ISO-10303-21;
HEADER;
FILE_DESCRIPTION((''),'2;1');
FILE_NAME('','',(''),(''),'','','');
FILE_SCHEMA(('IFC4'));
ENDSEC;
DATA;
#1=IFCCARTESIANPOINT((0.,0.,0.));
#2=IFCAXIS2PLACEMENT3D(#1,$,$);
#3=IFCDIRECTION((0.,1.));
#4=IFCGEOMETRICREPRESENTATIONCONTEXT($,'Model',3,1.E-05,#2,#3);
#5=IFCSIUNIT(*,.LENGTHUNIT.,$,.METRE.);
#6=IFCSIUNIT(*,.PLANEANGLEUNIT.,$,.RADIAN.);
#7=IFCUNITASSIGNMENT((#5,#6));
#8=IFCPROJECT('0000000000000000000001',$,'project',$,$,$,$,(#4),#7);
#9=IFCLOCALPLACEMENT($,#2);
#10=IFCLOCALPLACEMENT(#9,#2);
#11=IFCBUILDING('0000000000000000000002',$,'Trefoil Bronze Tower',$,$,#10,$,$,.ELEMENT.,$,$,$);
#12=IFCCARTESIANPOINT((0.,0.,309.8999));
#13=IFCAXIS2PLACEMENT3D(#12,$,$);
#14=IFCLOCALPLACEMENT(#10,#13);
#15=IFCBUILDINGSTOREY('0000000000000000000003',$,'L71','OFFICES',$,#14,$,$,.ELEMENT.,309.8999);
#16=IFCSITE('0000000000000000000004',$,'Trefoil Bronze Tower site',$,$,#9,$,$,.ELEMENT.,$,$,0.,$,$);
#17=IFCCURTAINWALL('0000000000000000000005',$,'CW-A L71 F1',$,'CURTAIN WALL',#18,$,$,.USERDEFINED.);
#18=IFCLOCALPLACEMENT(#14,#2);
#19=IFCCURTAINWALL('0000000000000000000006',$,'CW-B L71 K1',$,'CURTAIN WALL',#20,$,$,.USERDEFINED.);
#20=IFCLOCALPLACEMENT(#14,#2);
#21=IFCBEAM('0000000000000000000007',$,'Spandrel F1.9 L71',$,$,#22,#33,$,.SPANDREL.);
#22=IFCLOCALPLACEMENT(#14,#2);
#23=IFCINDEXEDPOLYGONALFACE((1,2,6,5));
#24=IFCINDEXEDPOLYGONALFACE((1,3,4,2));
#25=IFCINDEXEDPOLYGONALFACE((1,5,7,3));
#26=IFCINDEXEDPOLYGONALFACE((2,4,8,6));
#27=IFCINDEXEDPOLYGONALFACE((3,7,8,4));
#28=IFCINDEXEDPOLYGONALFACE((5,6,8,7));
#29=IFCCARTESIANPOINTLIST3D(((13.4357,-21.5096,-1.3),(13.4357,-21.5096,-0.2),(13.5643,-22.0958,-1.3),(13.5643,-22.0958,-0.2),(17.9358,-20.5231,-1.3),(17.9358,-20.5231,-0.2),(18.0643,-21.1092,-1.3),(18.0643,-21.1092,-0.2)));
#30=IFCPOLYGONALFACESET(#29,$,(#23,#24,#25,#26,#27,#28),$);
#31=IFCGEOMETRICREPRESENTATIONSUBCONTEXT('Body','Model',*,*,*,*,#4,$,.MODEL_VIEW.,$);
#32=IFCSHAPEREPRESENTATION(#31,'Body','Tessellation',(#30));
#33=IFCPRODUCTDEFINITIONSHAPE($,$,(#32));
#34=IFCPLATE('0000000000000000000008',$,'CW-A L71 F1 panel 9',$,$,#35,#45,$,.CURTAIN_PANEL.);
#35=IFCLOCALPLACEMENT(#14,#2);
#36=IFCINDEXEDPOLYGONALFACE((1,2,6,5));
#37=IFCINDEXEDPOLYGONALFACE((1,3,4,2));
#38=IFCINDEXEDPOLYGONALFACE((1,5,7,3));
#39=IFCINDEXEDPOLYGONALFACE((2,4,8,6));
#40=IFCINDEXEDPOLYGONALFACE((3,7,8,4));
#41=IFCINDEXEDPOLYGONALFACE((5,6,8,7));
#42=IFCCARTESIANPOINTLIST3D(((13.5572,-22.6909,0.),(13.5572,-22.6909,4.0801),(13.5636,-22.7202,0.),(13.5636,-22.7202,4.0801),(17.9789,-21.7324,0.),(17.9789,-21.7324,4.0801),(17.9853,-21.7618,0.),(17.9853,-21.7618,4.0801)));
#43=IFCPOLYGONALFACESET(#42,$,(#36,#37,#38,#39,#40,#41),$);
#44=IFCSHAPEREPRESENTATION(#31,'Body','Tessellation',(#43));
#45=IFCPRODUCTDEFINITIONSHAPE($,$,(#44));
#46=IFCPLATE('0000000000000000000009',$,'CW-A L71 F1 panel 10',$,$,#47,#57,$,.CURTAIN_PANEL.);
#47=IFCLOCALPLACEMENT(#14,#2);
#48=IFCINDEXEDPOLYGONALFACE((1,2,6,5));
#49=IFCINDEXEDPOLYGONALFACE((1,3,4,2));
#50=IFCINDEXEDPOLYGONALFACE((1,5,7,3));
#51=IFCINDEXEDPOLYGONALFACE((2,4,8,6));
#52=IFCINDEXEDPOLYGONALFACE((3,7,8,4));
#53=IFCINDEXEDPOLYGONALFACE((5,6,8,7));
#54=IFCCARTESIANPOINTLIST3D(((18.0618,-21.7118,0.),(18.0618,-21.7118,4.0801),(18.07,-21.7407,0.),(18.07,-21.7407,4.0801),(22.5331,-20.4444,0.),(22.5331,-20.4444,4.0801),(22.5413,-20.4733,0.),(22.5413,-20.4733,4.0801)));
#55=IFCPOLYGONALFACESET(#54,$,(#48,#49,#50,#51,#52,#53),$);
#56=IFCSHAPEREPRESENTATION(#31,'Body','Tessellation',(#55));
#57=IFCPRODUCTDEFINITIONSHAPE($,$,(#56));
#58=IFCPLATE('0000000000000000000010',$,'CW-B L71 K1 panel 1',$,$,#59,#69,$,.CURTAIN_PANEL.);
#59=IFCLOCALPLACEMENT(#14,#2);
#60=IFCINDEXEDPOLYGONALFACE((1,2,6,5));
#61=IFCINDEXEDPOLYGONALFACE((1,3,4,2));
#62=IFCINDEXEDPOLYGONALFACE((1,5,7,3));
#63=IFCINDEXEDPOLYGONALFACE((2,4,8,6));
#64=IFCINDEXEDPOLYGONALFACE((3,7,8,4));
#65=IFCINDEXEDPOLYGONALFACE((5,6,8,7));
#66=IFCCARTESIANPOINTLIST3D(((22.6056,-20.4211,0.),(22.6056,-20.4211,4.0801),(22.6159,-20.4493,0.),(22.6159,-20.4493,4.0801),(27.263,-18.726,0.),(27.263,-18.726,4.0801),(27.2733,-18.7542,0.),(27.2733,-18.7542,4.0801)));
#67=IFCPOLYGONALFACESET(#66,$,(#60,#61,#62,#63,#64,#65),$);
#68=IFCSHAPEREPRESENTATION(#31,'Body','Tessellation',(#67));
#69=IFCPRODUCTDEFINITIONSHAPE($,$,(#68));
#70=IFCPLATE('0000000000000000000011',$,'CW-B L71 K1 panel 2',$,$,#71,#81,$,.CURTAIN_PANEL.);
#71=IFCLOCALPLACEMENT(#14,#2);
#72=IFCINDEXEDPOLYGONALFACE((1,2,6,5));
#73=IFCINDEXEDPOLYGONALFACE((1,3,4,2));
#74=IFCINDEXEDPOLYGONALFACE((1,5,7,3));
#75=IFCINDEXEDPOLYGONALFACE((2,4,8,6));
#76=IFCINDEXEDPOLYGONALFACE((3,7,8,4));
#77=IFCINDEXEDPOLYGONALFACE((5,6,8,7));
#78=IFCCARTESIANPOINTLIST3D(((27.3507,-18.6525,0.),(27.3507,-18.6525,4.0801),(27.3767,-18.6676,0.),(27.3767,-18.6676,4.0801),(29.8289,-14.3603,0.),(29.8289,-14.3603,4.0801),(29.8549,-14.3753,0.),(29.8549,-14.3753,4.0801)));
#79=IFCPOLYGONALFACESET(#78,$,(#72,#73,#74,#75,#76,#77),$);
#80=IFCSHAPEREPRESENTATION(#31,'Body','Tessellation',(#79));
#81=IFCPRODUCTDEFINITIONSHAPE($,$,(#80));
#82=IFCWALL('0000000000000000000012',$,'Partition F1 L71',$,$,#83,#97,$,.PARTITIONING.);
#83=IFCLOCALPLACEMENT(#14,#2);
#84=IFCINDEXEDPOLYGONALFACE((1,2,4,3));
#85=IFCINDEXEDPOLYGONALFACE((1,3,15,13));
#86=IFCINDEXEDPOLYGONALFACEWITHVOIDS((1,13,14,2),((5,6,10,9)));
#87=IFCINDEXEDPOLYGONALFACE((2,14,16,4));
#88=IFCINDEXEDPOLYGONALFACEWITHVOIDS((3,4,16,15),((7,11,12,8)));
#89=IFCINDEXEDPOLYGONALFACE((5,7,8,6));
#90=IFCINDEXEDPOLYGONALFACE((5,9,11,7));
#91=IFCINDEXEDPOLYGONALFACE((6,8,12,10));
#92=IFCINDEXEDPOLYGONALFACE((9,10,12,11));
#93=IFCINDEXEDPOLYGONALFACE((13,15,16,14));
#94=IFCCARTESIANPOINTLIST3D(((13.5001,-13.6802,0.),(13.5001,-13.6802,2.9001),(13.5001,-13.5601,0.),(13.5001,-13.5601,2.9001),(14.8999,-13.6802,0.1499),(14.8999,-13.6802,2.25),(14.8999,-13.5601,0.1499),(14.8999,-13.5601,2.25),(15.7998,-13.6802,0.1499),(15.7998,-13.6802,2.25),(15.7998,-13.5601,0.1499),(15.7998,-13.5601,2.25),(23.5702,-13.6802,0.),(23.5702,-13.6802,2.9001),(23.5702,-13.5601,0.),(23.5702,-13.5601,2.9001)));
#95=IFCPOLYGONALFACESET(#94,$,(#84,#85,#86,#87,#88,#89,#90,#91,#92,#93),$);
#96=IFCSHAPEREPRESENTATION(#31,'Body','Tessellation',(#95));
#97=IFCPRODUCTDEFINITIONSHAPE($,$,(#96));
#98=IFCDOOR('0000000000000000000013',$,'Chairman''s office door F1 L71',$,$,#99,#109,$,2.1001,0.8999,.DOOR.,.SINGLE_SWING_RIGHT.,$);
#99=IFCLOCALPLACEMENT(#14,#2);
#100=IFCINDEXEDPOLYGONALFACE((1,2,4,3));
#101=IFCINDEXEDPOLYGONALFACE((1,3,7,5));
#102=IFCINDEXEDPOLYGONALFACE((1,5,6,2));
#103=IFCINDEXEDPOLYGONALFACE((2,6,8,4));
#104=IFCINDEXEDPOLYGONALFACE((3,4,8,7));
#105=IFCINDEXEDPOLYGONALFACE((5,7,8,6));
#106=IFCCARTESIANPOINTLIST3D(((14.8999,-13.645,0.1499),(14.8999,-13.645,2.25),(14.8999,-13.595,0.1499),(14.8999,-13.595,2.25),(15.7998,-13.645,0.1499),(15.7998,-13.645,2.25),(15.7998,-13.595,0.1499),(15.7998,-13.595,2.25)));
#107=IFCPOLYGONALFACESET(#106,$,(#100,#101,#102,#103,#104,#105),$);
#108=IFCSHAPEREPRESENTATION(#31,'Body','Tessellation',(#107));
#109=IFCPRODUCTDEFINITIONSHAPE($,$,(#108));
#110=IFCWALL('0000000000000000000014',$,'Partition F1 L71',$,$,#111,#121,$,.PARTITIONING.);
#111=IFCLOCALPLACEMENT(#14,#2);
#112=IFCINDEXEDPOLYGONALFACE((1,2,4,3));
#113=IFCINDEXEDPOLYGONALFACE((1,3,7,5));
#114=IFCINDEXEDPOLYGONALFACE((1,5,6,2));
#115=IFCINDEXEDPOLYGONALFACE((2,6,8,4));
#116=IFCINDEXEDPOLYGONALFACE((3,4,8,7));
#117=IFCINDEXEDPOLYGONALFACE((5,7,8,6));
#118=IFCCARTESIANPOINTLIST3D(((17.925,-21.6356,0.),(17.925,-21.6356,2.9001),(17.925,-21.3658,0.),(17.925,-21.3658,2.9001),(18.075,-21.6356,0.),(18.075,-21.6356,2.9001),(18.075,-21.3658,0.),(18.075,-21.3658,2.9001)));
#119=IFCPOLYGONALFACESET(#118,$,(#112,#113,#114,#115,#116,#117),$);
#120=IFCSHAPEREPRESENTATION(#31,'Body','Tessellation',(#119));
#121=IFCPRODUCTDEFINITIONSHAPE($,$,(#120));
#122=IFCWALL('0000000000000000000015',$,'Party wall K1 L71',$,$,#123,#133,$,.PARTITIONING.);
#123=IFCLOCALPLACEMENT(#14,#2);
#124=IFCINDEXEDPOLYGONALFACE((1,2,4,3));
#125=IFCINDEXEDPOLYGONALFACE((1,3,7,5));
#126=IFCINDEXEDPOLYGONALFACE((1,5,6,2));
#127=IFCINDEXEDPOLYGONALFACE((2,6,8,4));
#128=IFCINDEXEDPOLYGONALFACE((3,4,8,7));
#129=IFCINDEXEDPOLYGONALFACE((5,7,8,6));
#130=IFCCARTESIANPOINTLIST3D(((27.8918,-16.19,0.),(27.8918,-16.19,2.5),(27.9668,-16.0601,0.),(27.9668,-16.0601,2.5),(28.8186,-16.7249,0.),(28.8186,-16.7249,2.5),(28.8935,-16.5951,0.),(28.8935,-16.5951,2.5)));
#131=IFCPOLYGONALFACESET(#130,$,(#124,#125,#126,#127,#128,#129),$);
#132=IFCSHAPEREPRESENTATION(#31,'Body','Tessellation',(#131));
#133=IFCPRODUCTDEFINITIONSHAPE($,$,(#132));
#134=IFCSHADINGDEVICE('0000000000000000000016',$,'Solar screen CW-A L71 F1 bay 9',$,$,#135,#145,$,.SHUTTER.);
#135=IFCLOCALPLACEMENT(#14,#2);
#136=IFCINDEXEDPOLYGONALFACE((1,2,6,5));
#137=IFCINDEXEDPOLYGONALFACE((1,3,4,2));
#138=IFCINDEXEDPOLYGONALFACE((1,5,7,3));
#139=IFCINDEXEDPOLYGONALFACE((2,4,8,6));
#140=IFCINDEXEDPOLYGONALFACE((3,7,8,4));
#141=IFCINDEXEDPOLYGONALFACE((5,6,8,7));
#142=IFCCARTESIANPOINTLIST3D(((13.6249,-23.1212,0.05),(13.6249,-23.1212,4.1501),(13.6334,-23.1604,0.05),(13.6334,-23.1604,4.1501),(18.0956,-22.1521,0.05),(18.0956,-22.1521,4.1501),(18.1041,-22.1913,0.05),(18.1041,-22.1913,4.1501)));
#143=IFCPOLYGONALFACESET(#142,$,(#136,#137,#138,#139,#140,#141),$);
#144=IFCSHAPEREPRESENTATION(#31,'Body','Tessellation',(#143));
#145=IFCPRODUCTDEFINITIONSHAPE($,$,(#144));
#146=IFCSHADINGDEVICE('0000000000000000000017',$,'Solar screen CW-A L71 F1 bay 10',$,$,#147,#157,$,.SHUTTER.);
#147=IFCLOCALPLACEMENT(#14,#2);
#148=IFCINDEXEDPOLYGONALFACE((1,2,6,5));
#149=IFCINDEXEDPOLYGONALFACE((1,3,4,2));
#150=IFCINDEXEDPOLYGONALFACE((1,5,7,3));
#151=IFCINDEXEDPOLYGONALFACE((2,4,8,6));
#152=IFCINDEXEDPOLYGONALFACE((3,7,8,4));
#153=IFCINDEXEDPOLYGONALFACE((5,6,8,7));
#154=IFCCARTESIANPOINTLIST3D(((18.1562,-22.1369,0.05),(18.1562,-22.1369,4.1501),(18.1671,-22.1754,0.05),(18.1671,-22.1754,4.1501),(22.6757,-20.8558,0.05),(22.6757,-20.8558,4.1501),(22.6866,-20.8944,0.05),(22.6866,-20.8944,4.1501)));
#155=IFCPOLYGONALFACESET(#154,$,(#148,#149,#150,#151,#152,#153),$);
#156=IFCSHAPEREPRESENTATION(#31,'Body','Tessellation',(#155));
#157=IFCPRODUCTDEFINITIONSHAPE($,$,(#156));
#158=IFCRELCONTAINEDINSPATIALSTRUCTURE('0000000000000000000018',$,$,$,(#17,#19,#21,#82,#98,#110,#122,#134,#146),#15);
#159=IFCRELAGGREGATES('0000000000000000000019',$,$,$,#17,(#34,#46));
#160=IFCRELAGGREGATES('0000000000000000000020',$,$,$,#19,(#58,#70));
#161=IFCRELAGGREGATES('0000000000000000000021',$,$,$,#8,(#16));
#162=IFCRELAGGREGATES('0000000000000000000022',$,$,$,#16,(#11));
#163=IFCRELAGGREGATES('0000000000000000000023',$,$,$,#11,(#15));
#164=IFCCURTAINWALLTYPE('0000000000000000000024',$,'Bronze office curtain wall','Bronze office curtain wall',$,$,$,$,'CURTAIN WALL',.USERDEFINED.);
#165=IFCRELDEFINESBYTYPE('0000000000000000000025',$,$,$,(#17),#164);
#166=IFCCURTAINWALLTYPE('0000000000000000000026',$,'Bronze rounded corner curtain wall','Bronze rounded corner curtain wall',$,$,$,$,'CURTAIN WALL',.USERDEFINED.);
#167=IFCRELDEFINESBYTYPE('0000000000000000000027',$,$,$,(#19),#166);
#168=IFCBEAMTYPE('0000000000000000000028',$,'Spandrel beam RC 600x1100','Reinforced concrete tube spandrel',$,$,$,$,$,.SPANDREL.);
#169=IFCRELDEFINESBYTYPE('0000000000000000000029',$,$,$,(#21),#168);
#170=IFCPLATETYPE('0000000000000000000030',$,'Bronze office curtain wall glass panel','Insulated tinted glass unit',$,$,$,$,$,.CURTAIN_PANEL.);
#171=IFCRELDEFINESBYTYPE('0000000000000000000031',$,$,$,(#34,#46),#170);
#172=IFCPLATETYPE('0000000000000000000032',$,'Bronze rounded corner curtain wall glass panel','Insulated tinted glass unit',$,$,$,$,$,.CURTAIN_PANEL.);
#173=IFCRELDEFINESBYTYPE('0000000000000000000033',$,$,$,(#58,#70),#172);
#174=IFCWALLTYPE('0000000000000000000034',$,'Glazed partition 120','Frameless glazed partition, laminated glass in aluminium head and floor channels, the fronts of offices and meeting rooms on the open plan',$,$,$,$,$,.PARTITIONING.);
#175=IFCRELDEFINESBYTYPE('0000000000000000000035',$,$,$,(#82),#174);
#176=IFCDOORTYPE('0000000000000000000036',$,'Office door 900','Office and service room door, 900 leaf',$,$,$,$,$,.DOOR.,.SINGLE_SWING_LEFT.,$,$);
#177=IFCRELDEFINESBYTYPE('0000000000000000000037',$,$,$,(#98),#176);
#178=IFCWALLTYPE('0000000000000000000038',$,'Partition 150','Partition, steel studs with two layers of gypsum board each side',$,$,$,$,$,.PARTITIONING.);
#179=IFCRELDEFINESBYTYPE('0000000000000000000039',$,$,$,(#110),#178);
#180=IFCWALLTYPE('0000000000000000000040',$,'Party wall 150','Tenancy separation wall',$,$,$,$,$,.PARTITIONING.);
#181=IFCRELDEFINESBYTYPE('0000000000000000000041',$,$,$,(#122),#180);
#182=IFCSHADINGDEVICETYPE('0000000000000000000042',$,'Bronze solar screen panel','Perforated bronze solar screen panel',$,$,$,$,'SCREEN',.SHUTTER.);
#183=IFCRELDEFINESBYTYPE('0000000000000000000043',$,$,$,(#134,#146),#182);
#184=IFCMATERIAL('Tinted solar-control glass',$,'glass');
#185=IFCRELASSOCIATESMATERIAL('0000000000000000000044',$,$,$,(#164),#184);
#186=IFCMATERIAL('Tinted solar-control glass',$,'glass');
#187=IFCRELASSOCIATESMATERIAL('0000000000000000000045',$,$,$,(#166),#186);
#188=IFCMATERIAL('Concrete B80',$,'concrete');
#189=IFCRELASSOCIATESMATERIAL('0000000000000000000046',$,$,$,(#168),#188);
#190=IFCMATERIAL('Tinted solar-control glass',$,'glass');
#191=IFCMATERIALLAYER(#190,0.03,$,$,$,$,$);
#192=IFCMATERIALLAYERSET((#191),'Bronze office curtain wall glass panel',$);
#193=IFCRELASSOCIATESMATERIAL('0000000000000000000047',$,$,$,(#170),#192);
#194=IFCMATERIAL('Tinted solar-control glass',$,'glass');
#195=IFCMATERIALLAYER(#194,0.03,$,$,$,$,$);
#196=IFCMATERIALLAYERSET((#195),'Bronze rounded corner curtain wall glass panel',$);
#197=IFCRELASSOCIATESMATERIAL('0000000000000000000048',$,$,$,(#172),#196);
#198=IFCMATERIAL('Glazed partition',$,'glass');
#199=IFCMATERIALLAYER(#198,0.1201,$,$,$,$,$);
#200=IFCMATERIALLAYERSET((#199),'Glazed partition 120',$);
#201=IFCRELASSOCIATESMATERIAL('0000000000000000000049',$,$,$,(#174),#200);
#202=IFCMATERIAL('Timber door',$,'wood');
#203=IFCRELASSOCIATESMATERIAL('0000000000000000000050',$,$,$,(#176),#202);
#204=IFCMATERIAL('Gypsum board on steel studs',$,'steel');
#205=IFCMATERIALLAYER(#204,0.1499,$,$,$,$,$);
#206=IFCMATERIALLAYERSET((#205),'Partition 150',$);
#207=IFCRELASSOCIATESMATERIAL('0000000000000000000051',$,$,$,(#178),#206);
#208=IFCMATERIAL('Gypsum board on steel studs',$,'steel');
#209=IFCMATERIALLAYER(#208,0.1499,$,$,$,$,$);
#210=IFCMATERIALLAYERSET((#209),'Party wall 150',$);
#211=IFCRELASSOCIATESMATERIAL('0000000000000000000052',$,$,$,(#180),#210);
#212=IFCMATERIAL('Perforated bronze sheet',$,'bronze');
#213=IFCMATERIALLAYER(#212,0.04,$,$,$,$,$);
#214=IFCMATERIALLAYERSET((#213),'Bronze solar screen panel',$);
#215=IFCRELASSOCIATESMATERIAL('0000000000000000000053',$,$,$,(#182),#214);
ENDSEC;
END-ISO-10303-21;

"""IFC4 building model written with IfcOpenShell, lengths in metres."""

from ifc_helpers import new_model, si_unit, direction, frame, frame_2d, origin, origin_2d, place, context, subcontext, project, spatial, rectangle, extrude, material, layer, layer_set, material_profile, profile_set, type_object, element, fill, aggregate, save


model = new_model("IFC4")

# Units and contexts
model_context = context("Model", 3, precision=1e-05, world=origin(), true_north=direction((0.0, 1.0)))
body_context = subcontext(model_context, "Body", "Model", "MODEL_VIEW")
ifc_project = project(units=[si_unit("LENGTHUNIT", "METRE"), si_unit("PLANEANGLEUNIT", "RADIAN")], contexts=[model_context])

# Site, building, storey
site_placement = place(None, origin())
site = spatial("IfcSite", under=ifc_project, at=site_placement, Name="Trefoil Bronze Tower site", CompositionType="ELEMENT", RefElevation=0.0)
building_placement = place(site_placement, origin())
building = spatial("IfcBuilding", under=site, at=building_placement, Name="Trefoil Bronze Tower", CompositionType="ELEMENT")
storey_placement = place(building_placement, frame((0.0, 0.0, 309.8999)))
storey = spatial("IfcBuildingStorey", under=building, at=storey_placement, Name="L71", Description="OFFICES", CompositionType="ELEMENT", Elevation=309.8999)

# Curtain walls
ifc_material_1 = material(Name="Tinted solar-control glass", Category="glass")
curtain_wall_type_1 = type_object("IfcCurtainWallType", Name="Bronze office curtain wall", Description="Bronze office curtain wall", ElementType="CURTAIN WALL", PredefinedType="USERDEFINED", material=ifc_material_1)
curtain_wall_1_placement = place(storey_placement, origin())
curtain_wall_1 = element("IfcCurtainWall", 1, at=curtain_wall_1_placement, inside=storey, type_object=curtain_wall_type_1, Name="CW-A L71 F1", ObjectType="CURTAIN WALL", PredefinedType="USERDEFINED")
ifc_material_2 = material(Name="Tinted solar-control glass", Category="glass")
curtain_wall_type_2 = type_object("IfcCurtainWallType", Name="Bronze rounded corner curtain wall", Description="Bronze rounded corner curtain wall", ElementType="CURTAIN WALL", PredefinedType="USERDEFINED", material=ifc_material_2)
curtain_wall_2_placement = place(storey_placement, origin())
curtain_wall_2 = element("IfcCurtainWall", 2, at=curtain_wall_2_placement, inside=storey, type_object=curtain_wall_type_2, Name="CW-B L71 K1", ObjectType="CURTAIN WALL", PredefinedType="USERDEFINED")

# Beam
ifc_material_3 = material(Name="Concrete B80", Category="concrete")
ifc_material_profile_1 = material_profile(ifc_material_3, rectangle(XDim=0.6001, YDim=1.1001, at=origin_2d()), Name="RC 600x1100")
ifc_profile_set_1 = profile_set([ifc_material_profile_1], Name="Concrete B80")
beam_type_1 = type_object("IfcBeamType", Name="Spandrel beam RC 600x1100", Description="Reinforced concrete tube spandrel", PredefinedType="SPANDREL", material=ifc_profile_set_1)
beam_1_placement = place(storey_placement, frame((13.5, -21.8027, -0.75), z_axis=(0.9768, 0.214152, 0.0), x_axis=(-0.214152, 0.9768, 0.0)))
element("IfcBeam", 3, at=beam_1_placement, inside=storey, type_object=beam_type_1, Name="Spandrel F1.9 L71", PredefinedType="SPANDREL", context=body_context, shape_type="SweptSolid", body=[
    extrude(rectangle(XDim=0.6001, YDim=1.1001, at=origin_2d()), origin(), (0.0, 0.0, 1.0), 4.6069),
])

# Plates
ifc_material_4 = material(Name="Tinted solar-control glass", Category="glass")
ifc_layer_1 = layer(ifc_material_4, 0.03)
ifc_layer_set_1 = layer_set([ifc_layer_1], Name="Bronze office curtain wall glass panel")
plate_type_1 = type_object("IfcPlateType", Name="Bronze office curtain wall glass panel", Description="Insulated tinted glass unit", PredefinedType="CURTAIN_PANEL", material=ifc_layer_set_1)
plate_1_placement = place(storey_placement, frame((15.7712, -22.2263, 0.0), z_axis=(0.0, 0.0, 1.0), x_axis=(0.977303, 0.211846, 0.0)))
plate_1 = element("IfcPlate", 4, at=plate_1_placement, type_object=plate_type_1, Name="CW-A L71 F1 panel 9", PredefinedType="CURTAIN_PANEL", context=body_context, shape_type="SweptSolid", body=[
    extrude(rectangle(XDim=4.5244, YDim=0.03, at=origin_2d()), origin(), (0.0, 0.0, 1.0), 4.0801),
])
plate_2_placement = place(storey_placement, frame((20.3015, -21.0925, 0.0), z_axis=(0.0, 0.0, 1.0), x_axis=(0.962098, 0.272705, 0.0)))
plate_2 = element("IfcPlate", 5, at=plate_2_placement, type_object=plate_type_1, Name="CW-A L71 F1 panel 10", PredefinedType="CURTAIN_PANEL", context=body_context, shape_type="SweptSolid", body=[
    extrude(rectangle(XDim=4.6475, YDim=0.03, at=origin_2d()), origin(), (0.0, 0.0, 1.0), 4.0801),
])
aggregate(curtain_wall_1, [plate_1, plate_2])
ifc_material_5 = material(Name="Tinted solar-control glass", Category="glass")
ifc_layer_2 = layer(ifc_material_5, 0.03)
ifc_layer_set_2 = layer_set([ifc_layer_2], Name="Bronze rounded corner curtain wall glass panel")
plate_type_2 = type_object("IfcPlateType", Name="Bronze rounded corner curtain wall glass panel", Description="Insulated tinted glass unit", PredefinedType="CURTAIN_PANEL", material=ifc_layer_set_2)
plate_3_placement = place(storey_placement, frame((24.9395, -19.5876, 0.0), z_axis=(0.0, 0.0, 1.0), x_axis=(0.939693, 0.34202, 0.0)))
plate_3 = element("IfcPlate", 6, at=plate_3_placement, type_object=plate_type_2, Name="CW-B L71 K1 panel 1", PredefinedType="CURTAIN_PANEL", context=body_context, shape_type="SweptSolid", body=[
    extrude(rectangle(XDim=4.9563, YDim=0.03, at=origin_2d()), origin(), (0.0, 0.0, 1.0), 4.0801),
])
plate_4_placement = place(storey_placement, frame((28.6028, -16.5139, 0.0), z_axis=(0.0, 0.0, 1.0), x_axis=(0.5, 0.866025, 0.0)))
plate_4 = element("IfcPlate", 7, at=plate_4_placement, type_object=plate_type_2, Name="CW-B L71 K1 panel 2", PredefinedType="CURTAIN_PANEL", context=body_context, shape_type="SweptSolid", body=[
    extrude(rectangle(XDim=4.9563, YDim=0.03, at=origin_2d()), origin(), (0.0, 0.0, 1.0), 4.0801),
])
aggregate(curtain_wall_2, [plate_3, plate_4])

# Wall, opening, door
ifc_material_6 = material(Name="Glazed partition", Category="glass")
ifc_layer_3 = layer(ifc_material_6, 0.1201)
ifc_layer_set_3 = layer_set([ifc_layer_3], Name="Glazed partition 120")
wall_type_1 = type_object("IfcWallType", Name="Glazed partition 120", Description="Frameless glazed partition, laminated glass in aluminium head and floor channels, the fronts of offices and meeting rooms on the open plan", PredefinedType="PARTITIONING", material=ifc_layer_set_3)
wall_1_placement = place(storey_placement, frame((13.5, -13.6201, 0.0), z_axis=(0.0, 0.0, 1.0), x_axis=(1.0, 0.0, 0.0)))
wall_1 = element("IfcWall", 8, at=wall_1_placement, inside=storey, type_object=wall_type_1, Name="Partition F1 L71", PredefinedType="PARTITIONING", context=body_context, shape_type="SweptSolid", body=[
    extrude(rectangle(XDim=10.0701, YDim=0.1201, at=frame_2d((5.0352, 0.0))), origin(), (0.0, 0.0, 1.0), 2.9001),
])
opening_placement = place(wall_1_placement, frame((1.3999, 0.0, 0.1499)))
opening = element("IfcOpeningElement", 9, at=opening_placement, cuts=wall_1, PredefinedType="OPENING", context=body_context, shape_type="SweptSolid", body=[
    extrude(rectangle(XDim=0.8999, YDim=2.1001, at=frame_2d((0.45, 1.05))), frame((0.0, 0.0701, 0.0), z_axis=(0.0, -1.0, 0.0), x_axis=(1.0, 0.0, 0.0)), (0.0, 0.0, 1.0), 0.1401),
])
ifc_material_7 = material(Name="Timber door", Category="wood")
door_type = type_object("IfcDoorType", Name="Office door 900", Description="Office and service room door, 900 leaf", OperationType="SINGLE_SWING_LEFT", PredefinedType="DOOR", material=ifc_material_7)
door_placement = place(opening_placement, frame((0.8999, 0.0, 0.0), z_axis=(0.0, 0.0, 1.0), x_axis=(-1.0, 0.0, 0.0)))
door = element("IfcDoor", 10, at=door_placement, inside=storey, type_object=door_type, Name="Chairman's office door F1 L71", OperationType="SINGLE_SWING_RIGHT", OverallHeight=2.1001, OverallWidth=0.8999, PredefinedType="DOOR", context=body_context, shape_type="SweptSolid", body=[
    extrude(rectangle(XDim=0.8999, YDim=2.1001, at=frame_2d((0.45, 1.05))), frame((0.0, 0.0249, 0.0), z_axis=(0.0, -1.0, 0.0), x_axis=(1.0, 0.0, 0.0)), (0.0, 0.0, 1.0), 0.05),
])
fill(opening, door)

# Walls
ifc_material_8 = material(Name="Gypsum board on steel studs", Category="steel")
ifc_layer_4 = layer(ifc_material_8, 0.1499)
ifc_layer_set_4 = layer_set([ifc_layer_4], Name="Partition 150")
wall_type_2 = type_object("IfcWallType", Name="Partition 150", Description="Partition, steel studs with two layers of gypsum board each side", PredefinedType="PARTITIONING", material=ifc_layer_set_4)
wall_2_placement = place(storey_placement, frame((18.0, -21.366, 0.0), z_axis=(0.0, 0.0, 1.0), x_axis=(0.0, -1.0, 0.0)))
element("IfcWall", 11, at=wall_2_placement, inside=storey, type_object=wall_type_2, Name="Partition F1 L71", PredefinedType="PARTITIONING", context=body_context, shape_type="SweptSolid", body=[
    extrude(rectangle(XDim=0.2698, YDim=0.1499, at=frame_2d((0.1348, 0.0))), origin(), (0.0, 0.0, 1.0), 2.9001),
])
ifc_material_9 = material(Name="Gypsum board on steel studs", Category="steel")
ifc_layer_5 = layer(ifc_material_9, 0.1499)
ifc_layer_set_5 = layer_set([ifc_layer_5], Name="Party wall 150")
wall_type_3 = type_object("IfcWallType", Name="Party wall 150", Description="Tenancy separation wall", PredefinedType="PARTITIONING", material=ifc_layer_set_5)
wall_3_placement = place(storey_placement, frame((27.9292, -16.125, 0.0), z_axis=(0.0, 0.0, 1.0), x_axis=(0.866087, -0.499894, 0.0)))
element("IfcWall", 12, at=wall_3_placement, inside=storey, type_object=wall_type_3, Name="Party wall K1 L71", PredefinedType="PARTITIONING", context=body_context, shape_type="SweptSolid", body=[
    extrude(rectangle(XDim=1.0701, YDim=0.1499, at=frame_2d((0.5352, 0.0))), origin(), (0.0, 0.0, 1.0), 2.5),
])

# Shading devices
ifc_material_10 = material(Name="Perforated bronze sheet", Category="bronze")
ifc_layer_6 = layer(ifc_material_10, 0.04)
ifc_layer_set_6 = layer_set([ifc_layer_6], Name="Bronze solar screen panel")
shading_device_type = type_object("IfcShadingDeviceType", Name="Bronze solar screen panel", Description="Perforated bronze solar screen panel", ElementType="SCREEN", PredefinedType="SHUTTER", material=ifc_layer_set_6)
shading_device_1_placement = place(storey_placement, frame((15.8645, -22.6562, 0.05), z_axis=(0.0, 0.0, 1.0), x_axis=(0.977303, 0.211846, 0.0)))
element("IfcShadingDevice", 13, at=shading_device_1_placement, inside=storey, type_object=shading_device_type, Name="Solar screen CW-A L71 F1 bay 9", PredefinedType="SHUTTER", context=body_context, shape_type="SweptSolid", body=[
    extrude(rectangle(XDim=4.5745, YDim=0.04, at=origin_2d()), origin(), (0.0, 0.0, 1.0), 4.1001),
])
shading_device_2_placement = place(storey_placement, frame((20.4214, -21.5156, 0.05), z_axis=(0.0, 0.0, 1.0), x_axis=(0.962098, 0.272705, 0.0)))
element("IfcShadingDevice", 14, at=shading_device_2_placement, inside=storey, type_object=shading_device_type, Name="Solar screen CW-A L71 F1 bay 10", PredefinedType="SHUTTER", context=body_context, shape_type="SweptSolid", body=[
    extrude(rectangle(XDim=4.6975, YDim=0.04, at=origin_2d()), origin(), (0.0, 0.0, 1.0), 4.1001),
])

save(model, "model.ifc")
